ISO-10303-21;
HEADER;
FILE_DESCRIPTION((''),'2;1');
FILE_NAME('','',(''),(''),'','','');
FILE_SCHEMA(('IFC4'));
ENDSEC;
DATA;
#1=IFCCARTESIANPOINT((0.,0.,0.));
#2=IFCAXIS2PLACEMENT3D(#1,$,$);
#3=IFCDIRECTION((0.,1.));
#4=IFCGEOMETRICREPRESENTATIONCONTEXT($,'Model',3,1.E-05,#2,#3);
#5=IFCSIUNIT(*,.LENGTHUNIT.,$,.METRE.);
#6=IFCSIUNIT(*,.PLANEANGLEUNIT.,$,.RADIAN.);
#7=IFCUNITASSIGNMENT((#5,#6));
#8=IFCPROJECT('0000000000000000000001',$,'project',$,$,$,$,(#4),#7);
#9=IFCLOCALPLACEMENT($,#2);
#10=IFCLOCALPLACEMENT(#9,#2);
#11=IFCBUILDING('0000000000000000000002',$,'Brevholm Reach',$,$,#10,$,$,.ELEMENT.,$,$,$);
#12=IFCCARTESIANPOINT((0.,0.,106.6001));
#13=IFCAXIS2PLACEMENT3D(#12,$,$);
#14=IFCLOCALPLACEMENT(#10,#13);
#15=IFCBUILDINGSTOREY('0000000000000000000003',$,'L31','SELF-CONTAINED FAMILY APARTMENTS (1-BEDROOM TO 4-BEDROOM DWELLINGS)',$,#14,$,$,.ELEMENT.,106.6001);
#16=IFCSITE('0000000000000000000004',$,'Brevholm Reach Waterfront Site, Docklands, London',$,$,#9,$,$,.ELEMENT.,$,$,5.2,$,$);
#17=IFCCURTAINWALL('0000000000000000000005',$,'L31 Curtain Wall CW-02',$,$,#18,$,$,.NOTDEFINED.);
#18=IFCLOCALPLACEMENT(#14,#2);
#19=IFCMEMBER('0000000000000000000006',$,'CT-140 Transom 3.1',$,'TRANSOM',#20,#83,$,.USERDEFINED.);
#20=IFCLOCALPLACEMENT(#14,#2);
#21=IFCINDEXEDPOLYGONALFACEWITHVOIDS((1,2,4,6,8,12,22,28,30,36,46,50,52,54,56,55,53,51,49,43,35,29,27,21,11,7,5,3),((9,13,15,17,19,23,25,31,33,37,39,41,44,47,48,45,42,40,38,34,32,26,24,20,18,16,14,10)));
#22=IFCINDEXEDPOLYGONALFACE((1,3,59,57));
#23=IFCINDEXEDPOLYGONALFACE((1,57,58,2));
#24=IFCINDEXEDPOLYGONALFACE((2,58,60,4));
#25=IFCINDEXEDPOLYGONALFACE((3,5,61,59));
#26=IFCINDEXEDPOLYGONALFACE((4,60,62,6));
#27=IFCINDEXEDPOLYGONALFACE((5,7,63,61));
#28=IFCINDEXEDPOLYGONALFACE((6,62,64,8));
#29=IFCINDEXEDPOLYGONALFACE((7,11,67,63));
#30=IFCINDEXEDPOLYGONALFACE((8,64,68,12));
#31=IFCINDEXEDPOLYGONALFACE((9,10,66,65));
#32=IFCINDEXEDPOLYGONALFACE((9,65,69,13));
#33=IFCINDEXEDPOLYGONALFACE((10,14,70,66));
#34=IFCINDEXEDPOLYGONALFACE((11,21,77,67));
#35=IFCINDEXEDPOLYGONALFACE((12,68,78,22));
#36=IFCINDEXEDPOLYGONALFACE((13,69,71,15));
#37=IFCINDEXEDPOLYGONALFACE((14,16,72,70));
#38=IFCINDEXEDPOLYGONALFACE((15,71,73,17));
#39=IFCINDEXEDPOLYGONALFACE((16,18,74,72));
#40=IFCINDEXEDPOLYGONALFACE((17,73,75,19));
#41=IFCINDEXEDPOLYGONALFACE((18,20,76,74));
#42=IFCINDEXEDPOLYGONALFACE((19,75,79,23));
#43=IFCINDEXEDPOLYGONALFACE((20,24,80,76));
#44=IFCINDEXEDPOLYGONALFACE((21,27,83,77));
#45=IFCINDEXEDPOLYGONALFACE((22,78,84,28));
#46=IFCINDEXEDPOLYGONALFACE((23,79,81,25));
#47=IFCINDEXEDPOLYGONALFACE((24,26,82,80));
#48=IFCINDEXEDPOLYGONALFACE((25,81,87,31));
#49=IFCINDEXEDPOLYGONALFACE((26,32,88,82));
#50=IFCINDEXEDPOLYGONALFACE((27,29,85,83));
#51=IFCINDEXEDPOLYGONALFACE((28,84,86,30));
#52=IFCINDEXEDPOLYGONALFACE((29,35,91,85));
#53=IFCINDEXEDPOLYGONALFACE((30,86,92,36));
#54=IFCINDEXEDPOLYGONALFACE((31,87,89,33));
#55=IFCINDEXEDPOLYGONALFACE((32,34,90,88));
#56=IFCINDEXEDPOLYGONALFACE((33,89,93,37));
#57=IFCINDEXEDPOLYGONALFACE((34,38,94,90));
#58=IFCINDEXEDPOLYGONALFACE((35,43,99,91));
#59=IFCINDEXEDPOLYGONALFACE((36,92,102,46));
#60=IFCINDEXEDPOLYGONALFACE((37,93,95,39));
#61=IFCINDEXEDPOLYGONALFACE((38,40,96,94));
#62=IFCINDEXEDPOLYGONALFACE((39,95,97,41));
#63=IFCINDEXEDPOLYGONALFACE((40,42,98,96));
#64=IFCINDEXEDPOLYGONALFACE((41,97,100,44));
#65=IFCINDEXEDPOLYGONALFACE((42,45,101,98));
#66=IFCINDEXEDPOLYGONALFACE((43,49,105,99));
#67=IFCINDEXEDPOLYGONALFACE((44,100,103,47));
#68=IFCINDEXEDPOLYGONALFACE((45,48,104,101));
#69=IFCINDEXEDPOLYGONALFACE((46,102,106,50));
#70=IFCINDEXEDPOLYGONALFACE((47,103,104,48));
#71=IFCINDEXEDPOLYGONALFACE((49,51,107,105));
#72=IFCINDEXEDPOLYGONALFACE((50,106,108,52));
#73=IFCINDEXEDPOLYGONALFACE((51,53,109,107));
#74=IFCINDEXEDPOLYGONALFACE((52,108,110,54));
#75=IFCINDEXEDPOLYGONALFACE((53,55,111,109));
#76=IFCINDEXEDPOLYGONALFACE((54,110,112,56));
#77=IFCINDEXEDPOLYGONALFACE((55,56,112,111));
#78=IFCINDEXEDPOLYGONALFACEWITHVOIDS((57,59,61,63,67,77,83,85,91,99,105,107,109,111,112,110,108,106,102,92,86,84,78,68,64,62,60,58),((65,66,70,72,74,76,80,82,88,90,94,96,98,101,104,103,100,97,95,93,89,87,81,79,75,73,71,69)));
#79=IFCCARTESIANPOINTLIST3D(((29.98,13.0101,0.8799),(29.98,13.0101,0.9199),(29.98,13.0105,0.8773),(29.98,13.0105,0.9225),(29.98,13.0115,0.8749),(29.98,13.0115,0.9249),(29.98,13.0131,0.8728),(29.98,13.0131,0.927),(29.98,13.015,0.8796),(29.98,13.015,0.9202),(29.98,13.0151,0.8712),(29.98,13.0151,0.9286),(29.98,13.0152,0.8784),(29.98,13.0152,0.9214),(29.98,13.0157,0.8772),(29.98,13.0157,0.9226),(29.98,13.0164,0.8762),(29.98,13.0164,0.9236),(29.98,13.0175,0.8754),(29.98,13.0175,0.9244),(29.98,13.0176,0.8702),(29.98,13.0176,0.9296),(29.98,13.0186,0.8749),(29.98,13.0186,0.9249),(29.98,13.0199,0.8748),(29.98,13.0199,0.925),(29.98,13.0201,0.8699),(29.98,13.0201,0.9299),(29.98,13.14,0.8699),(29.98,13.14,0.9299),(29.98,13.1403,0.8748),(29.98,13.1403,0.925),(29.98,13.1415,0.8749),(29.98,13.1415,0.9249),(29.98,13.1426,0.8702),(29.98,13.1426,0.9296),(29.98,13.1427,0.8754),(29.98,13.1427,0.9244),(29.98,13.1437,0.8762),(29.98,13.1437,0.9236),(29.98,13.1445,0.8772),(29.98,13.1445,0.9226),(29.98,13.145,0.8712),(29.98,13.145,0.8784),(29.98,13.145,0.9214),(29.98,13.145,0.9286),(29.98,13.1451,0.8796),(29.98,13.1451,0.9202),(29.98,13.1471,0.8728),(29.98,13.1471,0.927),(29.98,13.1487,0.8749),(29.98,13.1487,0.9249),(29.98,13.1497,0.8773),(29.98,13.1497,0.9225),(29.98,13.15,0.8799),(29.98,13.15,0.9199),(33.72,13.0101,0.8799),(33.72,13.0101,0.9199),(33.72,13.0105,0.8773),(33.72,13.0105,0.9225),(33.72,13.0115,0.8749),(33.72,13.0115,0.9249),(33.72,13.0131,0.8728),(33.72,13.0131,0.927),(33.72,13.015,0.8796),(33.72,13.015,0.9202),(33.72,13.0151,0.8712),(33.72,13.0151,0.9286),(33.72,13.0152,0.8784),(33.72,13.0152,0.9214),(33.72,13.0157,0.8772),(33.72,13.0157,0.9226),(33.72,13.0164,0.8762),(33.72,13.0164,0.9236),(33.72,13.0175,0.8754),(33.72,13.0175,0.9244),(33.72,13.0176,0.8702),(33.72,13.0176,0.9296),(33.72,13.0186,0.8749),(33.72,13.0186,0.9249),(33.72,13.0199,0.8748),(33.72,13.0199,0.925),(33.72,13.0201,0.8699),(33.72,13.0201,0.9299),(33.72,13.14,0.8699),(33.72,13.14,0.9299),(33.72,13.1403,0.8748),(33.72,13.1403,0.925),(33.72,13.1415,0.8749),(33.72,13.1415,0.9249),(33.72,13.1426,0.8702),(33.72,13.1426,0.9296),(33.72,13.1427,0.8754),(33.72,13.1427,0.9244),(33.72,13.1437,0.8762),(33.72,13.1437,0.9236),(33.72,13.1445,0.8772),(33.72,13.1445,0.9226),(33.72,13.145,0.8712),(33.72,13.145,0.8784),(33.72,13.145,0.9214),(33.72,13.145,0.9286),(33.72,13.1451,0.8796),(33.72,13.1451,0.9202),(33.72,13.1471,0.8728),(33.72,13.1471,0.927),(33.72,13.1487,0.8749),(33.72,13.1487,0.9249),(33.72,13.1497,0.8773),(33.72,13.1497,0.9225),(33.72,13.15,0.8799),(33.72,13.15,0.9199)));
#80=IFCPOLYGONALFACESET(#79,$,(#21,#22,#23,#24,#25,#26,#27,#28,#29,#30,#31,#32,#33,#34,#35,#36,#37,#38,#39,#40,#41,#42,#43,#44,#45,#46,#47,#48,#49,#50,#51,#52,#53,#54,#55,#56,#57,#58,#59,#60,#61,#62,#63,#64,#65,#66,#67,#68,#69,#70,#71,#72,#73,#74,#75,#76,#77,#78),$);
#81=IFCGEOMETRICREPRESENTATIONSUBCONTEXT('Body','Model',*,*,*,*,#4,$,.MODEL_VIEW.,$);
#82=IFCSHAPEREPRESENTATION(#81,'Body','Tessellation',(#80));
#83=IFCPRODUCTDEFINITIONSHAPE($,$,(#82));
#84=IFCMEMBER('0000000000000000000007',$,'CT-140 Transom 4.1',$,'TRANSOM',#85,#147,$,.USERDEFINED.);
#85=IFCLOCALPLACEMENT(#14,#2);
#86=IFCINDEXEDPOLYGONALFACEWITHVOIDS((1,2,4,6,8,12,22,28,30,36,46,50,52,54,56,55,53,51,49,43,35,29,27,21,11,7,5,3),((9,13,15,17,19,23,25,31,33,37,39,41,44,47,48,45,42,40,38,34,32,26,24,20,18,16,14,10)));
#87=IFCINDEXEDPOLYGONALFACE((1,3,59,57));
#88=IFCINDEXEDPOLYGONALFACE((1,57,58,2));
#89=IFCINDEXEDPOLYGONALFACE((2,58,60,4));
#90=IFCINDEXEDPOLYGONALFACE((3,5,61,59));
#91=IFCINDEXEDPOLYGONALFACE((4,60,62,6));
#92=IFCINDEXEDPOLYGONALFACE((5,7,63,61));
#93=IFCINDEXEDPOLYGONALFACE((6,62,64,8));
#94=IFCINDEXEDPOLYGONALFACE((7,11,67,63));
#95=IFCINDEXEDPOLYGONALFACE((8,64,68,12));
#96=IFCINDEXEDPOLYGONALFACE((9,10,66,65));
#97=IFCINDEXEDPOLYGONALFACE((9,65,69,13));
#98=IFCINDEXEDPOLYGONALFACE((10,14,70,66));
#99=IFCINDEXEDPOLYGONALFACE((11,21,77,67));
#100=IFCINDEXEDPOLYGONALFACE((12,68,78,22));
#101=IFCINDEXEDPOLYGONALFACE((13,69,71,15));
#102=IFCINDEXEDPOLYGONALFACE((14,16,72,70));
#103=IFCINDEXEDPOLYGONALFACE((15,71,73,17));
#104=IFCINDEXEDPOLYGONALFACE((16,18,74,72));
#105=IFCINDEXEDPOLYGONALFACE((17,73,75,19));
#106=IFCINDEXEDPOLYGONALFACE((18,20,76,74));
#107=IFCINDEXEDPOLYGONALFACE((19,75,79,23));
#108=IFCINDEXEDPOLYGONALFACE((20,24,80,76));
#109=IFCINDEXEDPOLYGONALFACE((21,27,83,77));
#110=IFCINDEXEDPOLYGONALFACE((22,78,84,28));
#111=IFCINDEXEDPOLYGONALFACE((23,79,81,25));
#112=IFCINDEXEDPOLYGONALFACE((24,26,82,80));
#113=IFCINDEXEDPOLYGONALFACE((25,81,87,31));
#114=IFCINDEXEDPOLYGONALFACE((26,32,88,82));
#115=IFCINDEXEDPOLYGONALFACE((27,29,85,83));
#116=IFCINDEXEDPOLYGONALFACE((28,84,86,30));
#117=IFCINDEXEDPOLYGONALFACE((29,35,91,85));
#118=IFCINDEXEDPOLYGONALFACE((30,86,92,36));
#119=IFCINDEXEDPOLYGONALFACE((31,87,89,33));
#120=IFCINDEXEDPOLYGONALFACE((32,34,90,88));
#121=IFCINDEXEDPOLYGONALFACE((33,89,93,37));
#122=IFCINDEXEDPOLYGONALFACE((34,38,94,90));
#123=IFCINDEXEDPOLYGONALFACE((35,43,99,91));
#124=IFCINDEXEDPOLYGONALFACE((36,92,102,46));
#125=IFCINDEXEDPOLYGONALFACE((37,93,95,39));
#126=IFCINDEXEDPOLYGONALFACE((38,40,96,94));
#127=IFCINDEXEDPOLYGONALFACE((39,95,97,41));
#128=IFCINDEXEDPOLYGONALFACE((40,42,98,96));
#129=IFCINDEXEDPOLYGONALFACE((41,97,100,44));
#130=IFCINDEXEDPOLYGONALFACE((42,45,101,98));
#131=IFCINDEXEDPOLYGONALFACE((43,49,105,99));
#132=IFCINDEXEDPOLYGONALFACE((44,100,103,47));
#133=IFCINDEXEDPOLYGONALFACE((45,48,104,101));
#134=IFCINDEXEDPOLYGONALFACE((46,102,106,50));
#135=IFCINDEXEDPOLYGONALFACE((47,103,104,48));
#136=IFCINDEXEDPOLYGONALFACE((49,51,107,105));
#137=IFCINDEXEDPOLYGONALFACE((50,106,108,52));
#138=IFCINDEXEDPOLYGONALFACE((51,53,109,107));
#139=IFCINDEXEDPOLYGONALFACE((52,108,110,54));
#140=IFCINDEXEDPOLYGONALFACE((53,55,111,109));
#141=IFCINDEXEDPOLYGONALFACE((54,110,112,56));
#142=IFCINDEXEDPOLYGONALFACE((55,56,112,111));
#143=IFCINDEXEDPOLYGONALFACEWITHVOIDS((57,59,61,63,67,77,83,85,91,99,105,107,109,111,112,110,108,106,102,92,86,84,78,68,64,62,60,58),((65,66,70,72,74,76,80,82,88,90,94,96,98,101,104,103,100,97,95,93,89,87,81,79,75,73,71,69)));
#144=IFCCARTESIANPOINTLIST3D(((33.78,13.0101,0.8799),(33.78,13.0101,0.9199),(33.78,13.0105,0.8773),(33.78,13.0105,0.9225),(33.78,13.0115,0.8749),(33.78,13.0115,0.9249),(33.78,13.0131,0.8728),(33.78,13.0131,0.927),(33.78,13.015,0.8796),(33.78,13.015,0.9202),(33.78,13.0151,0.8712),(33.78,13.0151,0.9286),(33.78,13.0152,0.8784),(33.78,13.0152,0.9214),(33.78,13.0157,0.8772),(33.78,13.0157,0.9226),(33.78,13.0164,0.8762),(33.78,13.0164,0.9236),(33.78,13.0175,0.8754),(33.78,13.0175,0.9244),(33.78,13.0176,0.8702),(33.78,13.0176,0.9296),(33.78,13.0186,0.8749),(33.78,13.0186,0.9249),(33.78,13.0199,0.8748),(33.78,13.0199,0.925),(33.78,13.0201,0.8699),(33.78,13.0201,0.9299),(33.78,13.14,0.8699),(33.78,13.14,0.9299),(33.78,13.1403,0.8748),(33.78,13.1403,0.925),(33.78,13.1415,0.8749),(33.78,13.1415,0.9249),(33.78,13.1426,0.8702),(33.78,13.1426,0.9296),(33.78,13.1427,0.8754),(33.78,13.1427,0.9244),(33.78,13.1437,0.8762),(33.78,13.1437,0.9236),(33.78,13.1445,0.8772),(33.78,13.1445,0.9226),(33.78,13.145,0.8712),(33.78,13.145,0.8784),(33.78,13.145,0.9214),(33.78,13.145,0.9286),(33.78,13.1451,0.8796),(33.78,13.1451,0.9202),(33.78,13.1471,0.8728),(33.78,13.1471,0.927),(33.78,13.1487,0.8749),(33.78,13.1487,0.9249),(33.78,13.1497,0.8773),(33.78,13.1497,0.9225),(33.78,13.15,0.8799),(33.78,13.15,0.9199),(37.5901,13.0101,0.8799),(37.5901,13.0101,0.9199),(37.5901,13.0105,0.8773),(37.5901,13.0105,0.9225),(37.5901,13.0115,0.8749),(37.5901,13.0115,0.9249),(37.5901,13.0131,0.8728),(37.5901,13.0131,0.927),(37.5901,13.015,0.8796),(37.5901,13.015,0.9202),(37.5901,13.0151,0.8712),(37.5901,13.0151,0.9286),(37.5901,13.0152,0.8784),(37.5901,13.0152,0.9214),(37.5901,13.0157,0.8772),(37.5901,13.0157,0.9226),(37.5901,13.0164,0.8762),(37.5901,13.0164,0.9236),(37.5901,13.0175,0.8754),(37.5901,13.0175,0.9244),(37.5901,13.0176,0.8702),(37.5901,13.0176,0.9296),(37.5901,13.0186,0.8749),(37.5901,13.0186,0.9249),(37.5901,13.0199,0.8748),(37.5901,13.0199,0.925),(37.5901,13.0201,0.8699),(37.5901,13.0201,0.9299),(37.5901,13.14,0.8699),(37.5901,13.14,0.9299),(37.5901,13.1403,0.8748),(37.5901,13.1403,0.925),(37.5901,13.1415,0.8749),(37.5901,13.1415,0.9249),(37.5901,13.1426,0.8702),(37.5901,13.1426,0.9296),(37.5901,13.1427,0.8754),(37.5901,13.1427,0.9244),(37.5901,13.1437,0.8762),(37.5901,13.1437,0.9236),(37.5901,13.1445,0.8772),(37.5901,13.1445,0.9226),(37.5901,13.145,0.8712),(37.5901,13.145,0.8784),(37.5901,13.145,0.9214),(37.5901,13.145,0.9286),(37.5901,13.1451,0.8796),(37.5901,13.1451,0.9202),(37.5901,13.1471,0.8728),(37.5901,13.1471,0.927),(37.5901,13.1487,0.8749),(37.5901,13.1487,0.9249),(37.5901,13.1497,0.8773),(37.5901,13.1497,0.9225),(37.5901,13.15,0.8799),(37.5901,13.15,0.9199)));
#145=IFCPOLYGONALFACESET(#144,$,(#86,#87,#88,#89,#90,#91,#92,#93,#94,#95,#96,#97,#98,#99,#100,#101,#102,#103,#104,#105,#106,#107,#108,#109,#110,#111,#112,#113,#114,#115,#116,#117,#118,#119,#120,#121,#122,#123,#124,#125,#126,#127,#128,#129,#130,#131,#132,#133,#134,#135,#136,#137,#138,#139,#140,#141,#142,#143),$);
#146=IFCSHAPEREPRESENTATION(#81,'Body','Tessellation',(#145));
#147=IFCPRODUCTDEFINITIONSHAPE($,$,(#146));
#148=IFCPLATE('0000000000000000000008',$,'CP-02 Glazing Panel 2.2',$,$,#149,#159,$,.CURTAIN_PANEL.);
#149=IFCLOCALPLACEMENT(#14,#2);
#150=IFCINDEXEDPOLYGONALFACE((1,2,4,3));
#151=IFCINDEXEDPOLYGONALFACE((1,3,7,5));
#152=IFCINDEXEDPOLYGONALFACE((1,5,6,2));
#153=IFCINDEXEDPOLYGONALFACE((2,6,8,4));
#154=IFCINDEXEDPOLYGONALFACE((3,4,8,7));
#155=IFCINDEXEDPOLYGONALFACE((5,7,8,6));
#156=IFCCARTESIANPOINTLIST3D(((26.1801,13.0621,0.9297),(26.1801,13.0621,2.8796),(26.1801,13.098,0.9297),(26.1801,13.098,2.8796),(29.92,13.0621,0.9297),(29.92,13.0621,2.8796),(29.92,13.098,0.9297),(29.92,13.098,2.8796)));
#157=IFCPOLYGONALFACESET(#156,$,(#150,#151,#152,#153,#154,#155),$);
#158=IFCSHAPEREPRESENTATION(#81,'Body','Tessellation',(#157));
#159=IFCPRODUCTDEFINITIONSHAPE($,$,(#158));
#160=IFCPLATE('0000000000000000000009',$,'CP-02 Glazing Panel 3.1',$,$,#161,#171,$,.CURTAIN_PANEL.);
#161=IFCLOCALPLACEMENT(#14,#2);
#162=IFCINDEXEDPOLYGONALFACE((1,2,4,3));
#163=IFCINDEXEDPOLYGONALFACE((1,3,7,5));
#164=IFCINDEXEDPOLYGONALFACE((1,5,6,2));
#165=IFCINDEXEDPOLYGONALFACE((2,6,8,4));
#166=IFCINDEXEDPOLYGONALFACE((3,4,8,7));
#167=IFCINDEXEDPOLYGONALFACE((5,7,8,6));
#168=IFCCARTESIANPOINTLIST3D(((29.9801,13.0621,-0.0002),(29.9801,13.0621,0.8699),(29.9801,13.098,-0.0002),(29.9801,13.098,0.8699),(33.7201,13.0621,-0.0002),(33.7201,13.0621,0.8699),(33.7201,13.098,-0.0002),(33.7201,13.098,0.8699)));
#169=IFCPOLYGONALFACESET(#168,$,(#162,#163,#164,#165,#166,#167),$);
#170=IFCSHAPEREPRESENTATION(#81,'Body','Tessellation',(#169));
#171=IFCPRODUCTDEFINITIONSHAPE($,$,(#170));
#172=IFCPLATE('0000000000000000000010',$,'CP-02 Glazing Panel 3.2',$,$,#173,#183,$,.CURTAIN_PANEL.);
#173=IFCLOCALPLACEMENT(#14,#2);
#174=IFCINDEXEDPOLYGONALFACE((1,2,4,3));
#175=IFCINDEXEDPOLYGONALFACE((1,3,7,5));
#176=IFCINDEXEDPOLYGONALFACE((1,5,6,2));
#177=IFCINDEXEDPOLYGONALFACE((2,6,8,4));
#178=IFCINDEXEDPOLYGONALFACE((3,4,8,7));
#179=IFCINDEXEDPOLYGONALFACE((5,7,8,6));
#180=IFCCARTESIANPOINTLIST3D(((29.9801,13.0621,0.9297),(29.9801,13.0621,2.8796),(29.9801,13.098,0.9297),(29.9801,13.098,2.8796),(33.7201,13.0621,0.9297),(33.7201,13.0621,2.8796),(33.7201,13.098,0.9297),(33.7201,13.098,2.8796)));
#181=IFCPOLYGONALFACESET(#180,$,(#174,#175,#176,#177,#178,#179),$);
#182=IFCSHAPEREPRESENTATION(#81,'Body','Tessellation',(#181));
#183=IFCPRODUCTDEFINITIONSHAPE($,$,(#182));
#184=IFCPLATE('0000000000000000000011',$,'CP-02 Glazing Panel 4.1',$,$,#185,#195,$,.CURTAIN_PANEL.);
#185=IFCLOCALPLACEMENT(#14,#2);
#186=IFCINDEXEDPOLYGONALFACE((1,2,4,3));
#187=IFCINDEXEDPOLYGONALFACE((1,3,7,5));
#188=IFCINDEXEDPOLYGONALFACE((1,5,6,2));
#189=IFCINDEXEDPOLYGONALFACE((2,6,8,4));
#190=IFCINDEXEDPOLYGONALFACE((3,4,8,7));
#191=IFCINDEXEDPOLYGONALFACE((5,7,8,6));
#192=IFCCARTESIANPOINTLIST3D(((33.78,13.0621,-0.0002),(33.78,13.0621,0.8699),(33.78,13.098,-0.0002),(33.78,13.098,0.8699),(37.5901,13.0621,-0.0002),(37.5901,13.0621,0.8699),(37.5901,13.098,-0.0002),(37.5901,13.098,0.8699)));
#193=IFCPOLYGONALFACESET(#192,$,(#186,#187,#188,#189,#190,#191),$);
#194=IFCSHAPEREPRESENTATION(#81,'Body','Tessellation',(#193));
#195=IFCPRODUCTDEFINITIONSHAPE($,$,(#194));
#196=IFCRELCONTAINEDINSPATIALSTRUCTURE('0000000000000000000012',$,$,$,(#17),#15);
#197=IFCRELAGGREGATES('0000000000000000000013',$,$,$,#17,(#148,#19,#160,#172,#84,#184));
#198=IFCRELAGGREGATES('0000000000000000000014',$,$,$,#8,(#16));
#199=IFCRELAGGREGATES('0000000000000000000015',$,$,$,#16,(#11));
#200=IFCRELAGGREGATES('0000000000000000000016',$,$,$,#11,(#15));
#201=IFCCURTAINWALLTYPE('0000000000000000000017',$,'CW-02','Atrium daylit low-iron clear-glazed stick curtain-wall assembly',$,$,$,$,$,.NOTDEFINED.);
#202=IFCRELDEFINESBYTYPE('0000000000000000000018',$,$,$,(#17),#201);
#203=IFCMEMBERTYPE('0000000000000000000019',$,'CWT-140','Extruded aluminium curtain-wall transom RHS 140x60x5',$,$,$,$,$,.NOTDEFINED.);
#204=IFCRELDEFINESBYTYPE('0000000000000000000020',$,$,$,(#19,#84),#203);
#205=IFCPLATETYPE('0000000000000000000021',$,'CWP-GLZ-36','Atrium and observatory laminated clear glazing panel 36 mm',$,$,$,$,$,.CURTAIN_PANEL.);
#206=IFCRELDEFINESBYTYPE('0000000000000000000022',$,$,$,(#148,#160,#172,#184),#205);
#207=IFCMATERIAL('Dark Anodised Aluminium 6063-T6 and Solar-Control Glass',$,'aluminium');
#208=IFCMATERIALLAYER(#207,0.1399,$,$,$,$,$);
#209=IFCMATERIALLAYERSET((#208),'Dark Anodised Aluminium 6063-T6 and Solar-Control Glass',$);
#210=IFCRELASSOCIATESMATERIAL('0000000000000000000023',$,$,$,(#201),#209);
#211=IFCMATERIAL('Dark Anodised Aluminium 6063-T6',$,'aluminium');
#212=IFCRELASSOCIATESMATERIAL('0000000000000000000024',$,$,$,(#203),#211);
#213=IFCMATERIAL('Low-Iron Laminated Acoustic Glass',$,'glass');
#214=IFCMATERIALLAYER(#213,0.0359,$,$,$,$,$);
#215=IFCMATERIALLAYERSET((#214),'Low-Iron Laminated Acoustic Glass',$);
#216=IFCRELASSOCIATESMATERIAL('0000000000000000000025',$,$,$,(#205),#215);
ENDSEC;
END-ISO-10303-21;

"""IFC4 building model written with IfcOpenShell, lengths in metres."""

from ifc_helpers import new_model, si_unit, direction, frame, origin, origin_2d, place, context, subcontext, project, spatial, rectangle, hollow_rectangle, extrude, material, layer, layer_set, material_profile, profile_set, type_object, element, aggregate, save


model = new_model("IFC4")

# Units and contexts
model_context = context("Model", 3, precision=1e-05, world=origin(), true_north=direction((0.0, 1.0)))
body_context = subcontext(model_context, "Body", "Model", "MODEL_VIEW")
ifc_project = project(units=[si_unit("LENGTHUNIT", "METRE"), si_unit("PLANEANGLEUNIT", "RADIAN")], contexts=[model_context])

# Site, building, storey
site_placement = place(None, origin())
site = spatial("IfcSite", under=ifc_project, at=site_placement, Name="Brevholm Reach Waterfront Site, Docklands, London", CompositionType="ELEMENT", RefElevation=5.2)
building_placement = place(site_placement, origin())
building = spatial("IfcBuilding", under=site, at=building_placement, Name="Brevholm Reach", CompositionType="ELEMENT")
storey_placement = place(building_placement, frame((0.0, 0.0, 106.6001)))
storey = spatial("IfcBuildingStorey", under=building, at=storey_placement, Name="L31", Description="SELF-CONTAINED FAMILY APARTMENTS (1-BEDROOM TO 4-BEDROOM DWELLINGS)", CompositionType="ELEMENT", Elevation=106.6001)

# Curtain wall, members, plates
ifc_material_1 = material(Name="Dark Anodised Aluminium 6063-T6 and Solar-Control Glass", Category="aluminium")
ifc_layer_1 = layer(ifc_material_1, 0.1399)
ifc_layer_set_1 = layer_set([ifc_layer_1], Name="Dark Anodised Aluminium 6063-T6 and Solar-Control Glass")
curtain_wall_type = type_object("IfcCurtainWallType", Name="CW-02", Description="Atrium daylit low-iron clear-glazed stick curtain-wall assembly", PredefinedType="NOTDEFINED", material=ifc_layer_set_1)
curtain_wall_placement = place(storey_placement, origin())
curtain_wall = element("IfcCurtainWall", 1, at=curtain_wall_placement, inside=storey, type_object=curtain_wall_type, Name="L31 Curtain Wall CW-02", PredefinedType="NOTDEFINED")
ifc_material_2 = material(Name="Dark Anodised Aluminium 6063-T6", Category="aluminium")
ifc_material_profile_1 = material_profile(ifc_material_2, hollow_rectangle(XDim=0.0601, YDim=0.1399, WallThickness=0.0049, InnerFilletRadius=0.0049, OuterFilletRadius=0.01, at=origin_2d()), Name="RHS 140x60x5")
ifc_profile_set_1 = profile_set([ifc_material_profile_1], Name="Dark Anodised Aluminium 6063-T6")
member_type_1 = type_object("IfcMemberType", Name="CWT-140", Description="Extruded aluminium curtain-wall transom RHS 140x60x5", PredefinedType="NOTDEFINED", material=ifc_profile_set_1)
member_1_placement = place(storey_placement, frame((29.98, 13.0801, 0.8999), z_axis=(1.0, 0.0, 0.0), x_axis=(0.0, 0.0, 1.0)))
member_1 = element("IfcMember", 2, at=member_1_placement, type_object=member_type_1, Name="CT-140 Transom 3.1", ObjectType="TRANSOM", PredefinedType="USERDEFINED", context=body_context, shape_type="SweptSolid", body=[
    extrude(hollow_rectangle(XDim=0.0601, YDim=0.1399, WallThickness=0.0049, InnerFilletRadius=0.0049, OuterFilletRadius=0.01, at=origin_2d()), origin(), (0.0, 0.0, 1.0), 3.74),
])
member_2_placement = place(storey_placement, frame((33.78, 13.0801, 0.8999), z_axis=(1.0, 0.0, 0.0), x_axis=(0.0, 0.0, 1.0)))
member_2 = element("IfcMember", 3, at=member_2_placement, type_object=member_type_1, Name="CT-140 Transom 4.1", ObjectType="TRANSOM", PredefinedType="USERDEFINED", context=body_context, shape_type="SweptSolid", body=[
    extrude(hollow_rectangle(XDim=0.0601, YDim=0.1399, WallThickness=0.0049, InnerFilletRadius=0.0049, OuterFilletRadius=0.01, at=origin_2d()), origin(), (0.0, 0.0, 1.0), 3.8101),
])
ifc_material_3 = material(Name="Low-Iron Laminated Acoustic Glass", Category="glass")
ifc_layer_2 = layer(ifc_material_3, 0.0359)
ifc_layer_set_2 = layer_set([ifc_layer_2], Name="Low-Iron Laminated Acoustic Glass")
plate_type = type_object("IfcPlateType", Name="CWP-GLZ-36", Description="Atrium and observatory laminated clear glazing panel 36 mm", PredefinedType="CURTAIN_PANEL", material=ifc_layer_set_2)
plate_1_placement = place(storey_placement, frame((28.05, 13.0801, 0.9297), z_axis=(0.0, 0.0, 1.0), x_axis=(1.0, 0.0, 0.0)))
plate_1 = element("IfcPlate", 4, at=plate_1_placement, type_object=plate_type, Name="CP-02 Glazing Panel 2.2", PredefinedType="CURTAIN_PANEL", context=body_context, shape_type="SweptSolid", body=[
    extrude(rectangle(XDim=3.74, YDim=0.0359, at=origin_2d()), origin(), (0.0, 0.0, 1.0), 1.95),
])
plate_2_placement = place(storey_placement, frame((31.8501, 13.0801, -0.0002), z_axis=(0.0, 0.0, 1.0), x_axis=(1.0, 0.0, 0.0)))
plate_2 = element("IfcPlate", 5, at=plate_2_placement, type_object=plate_type, Name="CP-02 Glazing Panel 3.1", PredefinedType="CURTAIN_PANEL", context=body_context, shape_type="SweptSolid", body=[
    extrude(rectangle(XDim=3.74, YDim=0.0359, at=origin_2d()), origin(), (0.0, 0.0, 1.0), 0.8701),
])
plate_3_placement = place(storey_placement, frame((31.8501, 13.0801, 0.9297), z_axis=(0.0, 0.0, 1.0), x_axis=(1.0, 0.0, 0.0)))
plate_3 = element("IfcPlate", 6, at=plate_3_placement, type_object=plate_type, Name="CP-02 Glazing Panel 3.2", PredefinedType="CURTAIN_PANEL", context=body_context, shape_type="SweptSolid", body=[
    extrude(rectangle(XDim=3.74, YDim=0.0359, at=origin_2d()), origin(), (0.0, 0.0, 1.0), 1.95),
])
plate_4_placement = place(storey_placement, frame((35.6851, 13.0801, -0.0002), z_axis=(0.0, 0.0, 1.0), x_axis=(1.0, 0.0, 0.0)))
plate_4 = element("IfcPlate", 7, at=plate_4_placement, type_object=plate_type, Name="CP-02 Glazing Panel 4.1", PredefinedType="CURTAIN_PANEL", context=body_context, shape_type="SweptSolid", body=[
    extrude(rectangle(XDim=3.8101, YDim=0.0359, at=origin_2d()), origin(), (0.0, 0.0, 1.0), 0.8701),
])
aggregate(curtain_wall, [plate_1, member_1, plate_2, plate_3, member_2, plate_4])

save(model, "model.ifc")
